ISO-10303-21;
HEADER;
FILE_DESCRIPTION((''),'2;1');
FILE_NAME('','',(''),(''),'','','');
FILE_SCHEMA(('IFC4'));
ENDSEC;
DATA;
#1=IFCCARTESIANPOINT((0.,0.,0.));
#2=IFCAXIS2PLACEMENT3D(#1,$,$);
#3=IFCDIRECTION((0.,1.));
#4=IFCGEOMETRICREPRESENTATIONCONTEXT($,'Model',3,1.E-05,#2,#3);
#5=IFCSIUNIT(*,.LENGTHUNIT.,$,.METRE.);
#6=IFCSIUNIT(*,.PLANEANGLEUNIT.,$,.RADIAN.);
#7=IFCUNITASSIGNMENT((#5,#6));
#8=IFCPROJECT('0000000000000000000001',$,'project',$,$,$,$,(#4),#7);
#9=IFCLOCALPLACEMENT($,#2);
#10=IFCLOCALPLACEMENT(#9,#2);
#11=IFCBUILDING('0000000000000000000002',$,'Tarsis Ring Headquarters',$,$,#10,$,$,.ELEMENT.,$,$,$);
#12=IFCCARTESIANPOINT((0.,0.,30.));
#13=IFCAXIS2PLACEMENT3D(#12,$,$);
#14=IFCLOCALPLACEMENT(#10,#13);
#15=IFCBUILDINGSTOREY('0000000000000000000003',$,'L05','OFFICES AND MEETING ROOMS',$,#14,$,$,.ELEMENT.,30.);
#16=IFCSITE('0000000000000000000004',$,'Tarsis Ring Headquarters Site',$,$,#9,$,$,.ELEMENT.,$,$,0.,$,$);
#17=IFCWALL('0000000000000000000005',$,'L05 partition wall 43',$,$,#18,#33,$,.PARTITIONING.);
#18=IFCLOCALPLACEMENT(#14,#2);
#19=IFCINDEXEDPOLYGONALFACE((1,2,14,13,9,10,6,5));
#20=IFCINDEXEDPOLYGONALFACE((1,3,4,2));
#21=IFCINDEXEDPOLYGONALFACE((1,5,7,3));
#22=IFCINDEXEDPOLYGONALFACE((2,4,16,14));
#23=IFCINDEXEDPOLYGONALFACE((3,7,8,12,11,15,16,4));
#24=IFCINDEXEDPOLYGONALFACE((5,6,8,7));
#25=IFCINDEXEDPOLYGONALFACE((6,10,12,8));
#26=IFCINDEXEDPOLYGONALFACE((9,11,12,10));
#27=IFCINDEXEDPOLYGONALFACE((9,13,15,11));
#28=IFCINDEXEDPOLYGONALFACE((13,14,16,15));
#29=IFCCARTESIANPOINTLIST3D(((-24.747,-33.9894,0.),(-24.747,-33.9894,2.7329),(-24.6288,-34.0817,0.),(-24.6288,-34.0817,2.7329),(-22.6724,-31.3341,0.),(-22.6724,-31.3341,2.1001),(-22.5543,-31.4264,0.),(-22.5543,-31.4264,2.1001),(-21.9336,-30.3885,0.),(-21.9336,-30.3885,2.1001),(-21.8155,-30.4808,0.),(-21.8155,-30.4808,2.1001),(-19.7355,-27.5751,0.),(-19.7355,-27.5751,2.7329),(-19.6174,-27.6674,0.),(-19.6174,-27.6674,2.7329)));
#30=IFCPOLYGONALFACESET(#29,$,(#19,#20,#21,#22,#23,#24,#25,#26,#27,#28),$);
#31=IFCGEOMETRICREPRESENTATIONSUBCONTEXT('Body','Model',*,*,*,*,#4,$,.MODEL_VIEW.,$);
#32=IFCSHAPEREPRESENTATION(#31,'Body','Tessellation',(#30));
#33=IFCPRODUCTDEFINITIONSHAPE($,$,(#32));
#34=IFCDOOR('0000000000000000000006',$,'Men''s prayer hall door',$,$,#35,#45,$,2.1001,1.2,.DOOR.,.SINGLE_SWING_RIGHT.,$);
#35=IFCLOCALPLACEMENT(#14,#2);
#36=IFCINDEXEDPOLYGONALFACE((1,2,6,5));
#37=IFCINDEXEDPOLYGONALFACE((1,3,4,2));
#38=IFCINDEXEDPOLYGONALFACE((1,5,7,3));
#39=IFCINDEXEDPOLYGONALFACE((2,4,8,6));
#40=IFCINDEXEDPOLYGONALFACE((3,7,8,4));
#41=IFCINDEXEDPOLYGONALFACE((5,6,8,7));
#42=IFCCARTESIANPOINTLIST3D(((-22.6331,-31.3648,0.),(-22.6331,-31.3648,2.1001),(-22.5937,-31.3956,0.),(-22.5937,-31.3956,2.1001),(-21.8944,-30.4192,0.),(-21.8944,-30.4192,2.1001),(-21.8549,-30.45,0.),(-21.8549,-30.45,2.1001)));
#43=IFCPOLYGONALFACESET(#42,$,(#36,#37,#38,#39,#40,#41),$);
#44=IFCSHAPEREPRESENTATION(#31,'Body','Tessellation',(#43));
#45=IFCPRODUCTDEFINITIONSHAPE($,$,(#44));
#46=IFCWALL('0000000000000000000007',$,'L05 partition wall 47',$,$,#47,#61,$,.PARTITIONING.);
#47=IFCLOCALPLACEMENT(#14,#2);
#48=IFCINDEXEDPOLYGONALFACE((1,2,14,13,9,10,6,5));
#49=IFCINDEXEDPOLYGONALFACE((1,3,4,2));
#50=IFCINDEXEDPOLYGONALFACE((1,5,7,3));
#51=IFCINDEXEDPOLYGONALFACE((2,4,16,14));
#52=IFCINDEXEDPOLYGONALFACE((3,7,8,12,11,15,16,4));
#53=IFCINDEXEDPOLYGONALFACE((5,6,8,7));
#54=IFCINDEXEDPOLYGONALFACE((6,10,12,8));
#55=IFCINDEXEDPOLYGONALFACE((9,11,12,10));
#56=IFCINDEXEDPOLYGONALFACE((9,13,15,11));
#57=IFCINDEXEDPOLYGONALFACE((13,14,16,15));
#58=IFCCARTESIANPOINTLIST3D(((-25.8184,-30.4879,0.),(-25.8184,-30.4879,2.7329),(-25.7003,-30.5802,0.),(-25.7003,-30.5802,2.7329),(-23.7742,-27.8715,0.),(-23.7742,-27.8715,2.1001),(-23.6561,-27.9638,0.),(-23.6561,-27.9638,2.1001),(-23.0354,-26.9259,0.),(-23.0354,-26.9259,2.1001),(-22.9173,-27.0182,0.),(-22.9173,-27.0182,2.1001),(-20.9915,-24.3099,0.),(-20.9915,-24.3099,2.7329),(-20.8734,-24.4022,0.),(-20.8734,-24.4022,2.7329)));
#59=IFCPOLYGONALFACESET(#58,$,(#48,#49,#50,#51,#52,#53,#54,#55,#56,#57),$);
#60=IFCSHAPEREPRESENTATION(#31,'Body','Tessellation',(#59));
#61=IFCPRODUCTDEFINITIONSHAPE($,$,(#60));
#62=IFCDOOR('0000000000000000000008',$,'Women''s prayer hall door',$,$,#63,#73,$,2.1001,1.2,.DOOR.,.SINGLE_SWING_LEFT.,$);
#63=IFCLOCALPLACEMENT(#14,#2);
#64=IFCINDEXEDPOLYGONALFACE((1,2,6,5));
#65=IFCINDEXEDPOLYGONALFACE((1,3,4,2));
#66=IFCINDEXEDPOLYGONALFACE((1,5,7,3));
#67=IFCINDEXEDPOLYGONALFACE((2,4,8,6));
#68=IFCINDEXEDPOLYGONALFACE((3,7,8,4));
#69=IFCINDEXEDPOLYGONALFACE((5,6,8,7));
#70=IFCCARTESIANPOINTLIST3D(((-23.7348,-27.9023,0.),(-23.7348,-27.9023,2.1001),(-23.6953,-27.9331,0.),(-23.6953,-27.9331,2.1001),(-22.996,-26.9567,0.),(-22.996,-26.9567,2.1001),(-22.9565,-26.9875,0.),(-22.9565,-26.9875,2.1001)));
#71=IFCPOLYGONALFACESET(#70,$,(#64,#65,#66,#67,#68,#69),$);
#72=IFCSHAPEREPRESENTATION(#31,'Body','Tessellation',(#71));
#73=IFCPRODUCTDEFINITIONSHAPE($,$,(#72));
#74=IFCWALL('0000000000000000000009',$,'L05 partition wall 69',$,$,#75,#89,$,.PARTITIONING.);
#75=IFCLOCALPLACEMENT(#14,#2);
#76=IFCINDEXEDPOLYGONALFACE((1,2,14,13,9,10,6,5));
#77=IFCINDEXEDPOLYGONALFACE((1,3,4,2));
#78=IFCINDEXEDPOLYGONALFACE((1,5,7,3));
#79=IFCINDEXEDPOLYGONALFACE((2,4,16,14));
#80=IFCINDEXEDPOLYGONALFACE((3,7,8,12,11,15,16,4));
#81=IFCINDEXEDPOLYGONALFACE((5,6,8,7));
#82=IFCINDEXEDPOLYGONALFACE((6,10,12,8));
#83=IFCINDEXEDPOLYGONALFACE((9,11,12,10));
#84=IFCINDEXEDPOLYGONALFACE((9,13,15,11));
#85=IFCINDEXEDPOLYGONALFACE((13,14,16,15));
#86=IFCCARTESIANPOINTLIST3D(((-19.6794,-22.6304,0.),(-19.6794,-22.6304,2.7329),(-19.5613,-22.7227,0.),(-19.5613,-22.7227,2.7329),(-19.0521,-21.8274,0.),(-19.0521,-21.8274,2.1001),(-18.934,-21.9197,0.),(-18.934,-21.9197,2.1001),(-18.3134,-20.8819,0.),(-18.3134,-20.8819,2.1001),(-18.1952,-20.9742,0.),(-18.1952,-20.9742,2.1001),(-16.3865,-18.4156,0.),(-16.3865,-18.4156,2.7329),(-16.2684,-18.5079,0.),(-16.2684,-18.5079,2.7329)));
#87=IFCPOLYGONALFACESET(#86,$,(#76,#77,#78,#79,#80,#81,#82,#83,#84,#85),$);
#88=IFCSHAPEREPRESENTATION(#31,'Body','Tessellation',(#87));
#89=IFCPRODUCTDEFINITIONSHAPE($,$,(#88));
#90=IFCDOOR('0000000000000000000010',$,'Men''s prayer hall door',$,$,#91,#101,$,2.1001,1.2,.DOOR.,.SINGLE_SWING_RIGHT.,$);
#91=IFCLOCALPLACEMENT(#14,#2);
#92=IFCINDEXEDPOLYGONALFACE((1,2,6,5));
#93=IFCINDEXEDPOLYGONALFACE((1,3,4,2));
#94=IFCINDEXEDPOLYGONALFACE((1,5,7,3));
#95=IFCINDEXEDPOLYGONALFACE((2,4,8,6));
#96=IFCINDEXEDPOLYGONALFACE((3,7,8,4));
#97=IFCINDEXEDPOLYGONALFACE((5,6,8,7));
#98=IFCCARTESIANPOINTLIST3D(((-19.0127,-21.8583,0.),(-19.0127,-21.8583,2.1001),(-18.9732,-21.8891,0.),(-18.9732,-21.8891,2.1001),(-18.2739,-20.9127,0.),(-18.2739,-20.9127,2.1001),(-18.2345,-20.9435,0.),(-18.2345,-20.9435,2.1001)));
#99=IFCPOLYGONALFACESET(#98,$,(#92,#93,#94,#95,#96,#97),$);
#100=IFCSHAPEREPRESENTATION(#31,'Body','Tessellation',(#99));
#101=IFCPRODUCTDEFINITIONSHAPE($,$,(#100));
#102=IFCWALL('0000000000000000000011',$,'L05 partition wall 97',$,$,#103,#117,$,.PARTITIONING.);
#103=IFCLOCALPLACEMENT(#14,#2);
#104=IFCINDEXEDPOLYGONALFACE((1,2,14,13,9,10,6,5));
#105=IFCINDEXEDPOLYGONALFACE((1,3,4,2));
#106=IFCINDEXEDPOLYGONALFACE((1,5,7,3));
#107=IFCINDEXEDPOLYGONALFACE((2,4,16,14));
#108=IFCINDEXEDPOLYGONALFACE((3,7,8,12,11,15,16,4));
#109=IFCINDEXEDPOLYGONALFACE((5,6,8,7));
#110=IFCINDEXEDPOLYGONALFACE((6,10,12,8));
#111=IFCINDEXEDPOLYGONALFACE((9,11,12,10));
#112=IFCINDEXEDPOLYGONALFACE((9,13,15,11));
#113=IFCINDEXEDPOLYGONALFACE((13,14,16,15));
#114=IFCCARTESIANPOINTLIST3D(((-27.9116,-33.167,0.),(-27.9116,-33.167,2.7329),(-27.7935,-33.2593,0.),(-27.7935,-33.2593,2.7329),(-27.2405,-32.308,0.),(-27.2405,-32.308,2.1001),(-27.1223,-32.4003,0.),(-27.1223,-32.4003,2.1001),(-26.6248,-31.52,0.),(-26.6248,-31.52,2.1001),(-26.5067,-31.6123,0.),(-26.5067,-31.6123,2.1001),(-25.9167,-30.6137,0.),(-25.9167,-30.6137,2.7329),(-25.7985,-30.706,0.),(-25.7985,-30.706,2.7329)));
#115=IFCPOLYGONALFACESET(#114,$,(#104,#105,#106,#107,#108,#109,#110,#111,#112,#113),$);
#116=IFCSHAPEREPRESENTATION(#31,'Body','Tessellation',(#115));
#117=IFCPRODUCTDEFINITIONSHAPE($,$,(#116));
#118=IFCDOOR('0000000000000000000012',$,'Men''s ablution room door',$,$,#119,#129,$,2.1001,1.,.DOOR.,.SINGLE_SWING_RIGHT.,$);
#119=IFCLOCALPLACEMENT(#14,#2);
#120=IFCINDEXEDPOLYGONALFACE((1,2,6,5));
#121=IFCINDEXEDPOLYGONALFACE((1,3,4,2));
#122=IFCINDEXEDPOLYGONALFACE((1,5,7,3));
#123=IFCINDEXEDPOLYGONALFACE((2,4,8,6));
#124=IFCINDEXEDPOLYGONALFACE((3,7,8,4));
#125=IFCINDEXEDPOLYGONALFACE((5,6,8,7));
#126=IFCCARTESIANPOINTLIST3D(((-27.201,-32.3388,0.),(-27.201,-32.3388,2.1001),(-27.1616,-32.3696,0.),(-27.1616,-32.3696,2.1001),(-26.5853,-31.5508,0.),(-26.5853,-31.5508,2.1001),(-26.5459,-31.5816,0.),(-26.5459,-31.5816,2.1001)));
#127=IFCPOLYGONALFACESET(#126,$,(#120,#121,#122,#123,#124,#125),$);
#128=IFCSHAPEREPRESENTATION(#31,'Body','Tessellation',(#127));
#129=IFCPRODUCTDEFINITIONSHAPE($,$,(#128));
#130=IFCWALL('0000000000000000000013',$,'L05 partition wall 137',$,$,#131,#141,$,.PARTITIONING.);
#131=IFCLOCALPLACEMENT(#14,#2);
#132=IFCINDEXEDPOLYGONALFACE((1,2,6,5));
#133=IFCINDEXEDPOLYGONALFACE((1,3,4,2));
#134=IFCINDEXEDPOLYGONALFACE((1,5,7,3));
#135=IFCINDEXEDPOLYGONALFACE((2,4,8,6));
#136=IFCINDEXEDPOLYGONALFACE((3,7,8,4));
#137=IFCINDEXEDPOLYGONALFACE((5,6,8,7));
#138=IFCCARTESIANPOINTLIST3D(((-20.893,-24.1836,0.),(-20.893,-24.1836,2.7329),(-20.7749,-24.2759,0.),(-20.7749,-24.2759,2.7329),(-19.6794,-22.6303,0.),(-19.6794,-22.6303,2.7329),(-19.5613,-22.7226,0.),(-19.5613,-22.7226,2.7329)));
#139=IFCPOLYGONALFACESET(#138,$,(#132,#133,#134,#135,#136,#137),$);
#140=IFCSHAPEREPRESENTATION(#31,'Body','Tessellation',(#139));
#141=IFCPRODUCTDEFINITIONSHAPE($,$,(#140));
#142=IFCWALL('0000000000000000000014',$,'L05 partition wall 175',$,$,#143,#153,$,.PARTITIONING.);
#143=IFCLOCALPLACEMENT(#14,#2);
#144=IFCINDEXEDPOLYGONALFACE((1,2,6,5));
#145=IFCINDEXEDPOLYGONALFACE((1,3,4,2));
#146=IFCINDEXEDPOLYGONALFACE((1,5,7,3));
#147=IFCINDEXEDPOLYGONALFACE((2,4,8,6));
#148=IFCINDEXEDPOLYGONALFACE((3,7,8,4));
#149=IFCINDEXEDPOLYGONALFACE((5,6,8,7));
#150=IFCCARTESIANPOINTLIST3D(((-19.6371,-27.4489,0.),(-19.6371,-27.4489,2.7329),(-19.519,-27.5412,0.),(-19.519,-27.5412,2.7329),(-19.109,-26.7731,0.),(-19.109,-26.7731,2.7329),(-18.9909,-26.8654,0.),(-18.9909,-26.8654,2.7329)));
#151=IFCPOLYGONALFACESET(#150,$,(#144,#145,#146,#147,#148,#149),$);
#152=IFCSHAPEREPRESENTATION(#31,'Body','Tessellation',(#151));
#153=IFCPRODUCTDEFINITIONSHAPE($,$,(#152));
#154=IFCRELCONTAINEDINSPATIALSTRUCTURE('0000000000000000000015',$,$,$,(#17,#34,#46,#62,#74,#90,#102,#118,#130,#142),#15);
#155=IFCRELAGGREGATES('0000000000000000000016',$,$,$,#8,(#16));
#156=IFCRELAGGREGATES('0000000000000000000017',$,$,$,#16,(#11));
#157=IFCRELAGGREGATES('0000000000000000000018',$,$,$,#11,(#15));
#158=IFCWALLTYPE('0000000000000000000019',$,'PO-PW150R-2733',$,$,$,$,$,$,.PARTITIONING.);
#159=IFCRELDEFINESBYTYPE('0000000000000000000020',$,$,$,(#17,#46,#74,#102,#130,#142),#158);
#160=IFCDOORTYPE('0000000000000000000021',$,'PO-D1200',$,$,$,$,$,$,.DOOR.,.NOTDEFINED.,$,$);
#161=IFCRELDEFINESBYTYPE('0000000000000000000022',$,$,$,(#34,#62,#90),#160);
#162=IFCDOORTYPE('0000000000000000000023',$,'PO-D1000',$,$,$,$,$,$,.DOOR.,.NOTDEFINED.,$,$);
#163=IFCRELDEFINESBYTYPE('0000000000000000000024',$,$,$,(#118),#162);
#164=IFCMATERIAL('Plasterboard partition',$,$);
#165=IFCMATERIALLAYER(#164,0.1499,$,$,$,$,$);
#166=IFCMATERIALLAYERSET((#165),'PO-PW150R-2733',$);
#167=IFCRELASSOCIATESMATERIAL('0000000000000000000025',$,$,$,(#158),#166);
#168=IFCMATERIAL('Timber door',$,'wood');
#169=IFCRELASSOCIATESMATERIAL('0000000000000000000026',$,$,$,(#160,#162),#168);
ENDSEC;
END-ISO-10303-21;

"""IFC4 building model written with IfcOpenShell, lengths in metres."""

from ifc_helpers import new_model, si_unit, direction, frame, frame_2d, origin, place, context, subcontext, project, spatial, rectangle, extrude, material, layer, layer_set, type_object, element, fill, save


model = new_model("IFC4")

# Units and contexts
model_context = context("Model", 3, precision=1e-05, world=origin(), true_north=direction((0.0, 1.0)))
body_context = subcontext(model_context, "Body", "Model", "MODEL_VIEW")
ifc_project = project(units=[si_unit("LENGTHUNIT", "METRE"), si_unit("PLANEANGLEUNIT", "RADIAN")], contexts=[model_context])

# Site, building, storey
site_placement = place(None, origin())
site = spatial("IfcSite", under=ifc_project, at=site_placement, Name="Tarsis Ring Headquarters Site", CompositionType="ELEMENT", RefElevation=0.0)
building_placement = place(site_placement, origin())
building = spatial("IfcBuilding", under=site, at=building_placement, Name="Tarsis Ring Headquarters", CompositionType="ELEMENT")
storey_placement = place(building_placement, frame((0.0, 0.0, 30.0)))
storey = spatial("IfcBuildingStorey", under=building, at=storey_placement, Name="L05", Description="OFFICES AND MEETING ROOMS", CompositionType="ELEMENT", Elevation=30.0)

# Shared definitions
ifc_material_1 = material(Name="Plasterboard partition")

# Walls, openings, doors
ifc_layer_1 = layer(ifc_material_1, 0.1499)
ifc_layer_set_1 = layer_set([ifc_layer_1], Name="PO-PW150R-2733")
wall_type_1 = type_object("IfcWallType", Name="PO-PW150R-2733", PredefinedType="PARTITIONING", material=ifc_layer_set_1)
wall_1_placement = place(storey_placement, frame((-19.6765, -27.6213, 0.0), z_axis=(0.0, 0.0, 1.0), x_axis=(-0.615667, -0.788007, 0.0)))
wall_1 = element("IfcWall", 1, at=wall_1_placement, inside=storey, type_object=wall_type_1, Name="L05 partition wall 43", PredefinedType="PARTITIONING", context=body_context, shape_type="SweptSolid", body=[
    extrude(rectangle(XDim=8.1399, YDim=0.1499, at=frame_2d((4.0698, 0.0))), origin(), (0.0, 0.0, 1.0), 2.7329),
])
opening_1_placement = place(wall_1_placement, frame((3.5701, 0.0, 0.0)))
opening_1 = element("IfcOpeningElement", 2, at=opening_1_placement, cuts=wall_1, PredefinedType="OPENING", context=body_context, shape_type="SweptSolid", body=[
    extrude(rectangle(XDim=1.2, YDim=2.1001, at=frame_2d((0.6001, 1.05))), frame((0.0, 0.085, 0.0), z_axis=(0.0, -1.0, 0.0), x_axis=(1.0, 0.0, 0.0)), (0.0, 0.0, 1.0), 0.1699),
])
ifc_material_2 = material(Name="Timber door", Category="wood")
door_type_1 = type_object("IfcDoorType", Name="PO-D1200", OperationType="NOTDEFINED", PredefinedType="DOOR", material=ifc_material_2)
door_1_placement = place(opening_1_placement, origin())
door_1 = element("IfcDoor", 3, at=door_1_placement, inside=storey, type_object=door_type_1, Name="Men's prayer hall door", OperationType="SINGLE_SWING_RIGHT", OverallHeight=2.1001, OverallWidth=1.2, PredefinedType="DOOR", context=body_context, shape_type="SweptSolid", body=[
    extrude(rectangle(XDim=1.2, YDim=2.1001, at=frame_2d((0.6001, 1.05))), frame((0.0, 0.0249, 0.0), z_axis=(0.0, -1.0, 0.0), x_axis=(1.0, 0.0, 0.0)), (0.0, 0.0, 1.0), 0.05),
])
fill(opening_1, door_1)
wall_2_placement = place(storey_placement, frame((-25.7593, -30.5339, 0.0), z_axis=(0.0, 0.0, 1.0), x_axis=(0.615672, 0.788002, 0.0)))
wall_2 = element("IfcWall", 4, at=wall_2_placement, inside=storey, type_object=wall_type_1, Name="L05 partition wall 47", PredefinedType="PARTITIONING", context=body_context, shape_type="SweptSolid", body=[
    extrude(rectangle(XDim=7.8401, YDim=0.1499, at=frame_2d((3.9199, 0.0))), origin(), (0.0, 0.0, 1.0), 2.7329),
])
opening_2_placement = place(wall_2_placement, frame((3.3201, 0.0, 0.0)))
opening_2 = element("IfcOpeningElement", 5, at=opening_2_placement, cuts=wall_2, PredefinedType="OPENING", context=body_context, shape_type="SweptSolid", body=[
    extrude(rectangle(XDim=1.2, YDim=2.1001, at=frame_2d((0.6001, 1.05))), frame((0.0, 0.085, 0.0), z_axis=(0.0, -1.0, 0.0), x_axis=(1.0, 0.0, 0.0)), (0.0, 0.0, 1.0), 0.1699),
])
door_2_placement = place(opening_2_placement, origin())
door_2 = element("IfcDoor", 6, at=door_2_placement, inside=storey, type_object=door_type_1, Name="Women's prayer hall door", OperationType="SINGLE_SWING_LEFT", OverallHeight=2.1001, OverallWidth=1.2, PredefinedType="DOOR", context=body_context, shape_type="SweptSolid", body=[
    extrude(rectangle(XDim=1.2, YDim=2.1001, at=frame_2d((0.6001, 1.05))), frame((0.0, 0.0249, 0.0), z_axis=(0.0, -1.0, 0.0), x_axis=(1.0, 0.0, 0.0)), (0.0, 0.0, 1.0), 0.05),
])
fill(opening_2, door_2)
wall_3_placement = place(storey_placement, frame((-19.6204, -22.6765, 0.0), z_axis=(0.0, 0.0, 1.0), x_axis=(0.615658, 0.788013, 0.0)))
wall_3 = element("IfcWall", 7, at=wall_3_placement, inside=storey, type_object=wall_type_1, Name="L05 partition wall 69", PredefinedType="PARTITIONING", context=body_context, shape_type="SweptSolid", body=[
    extrude(rectangle(XDim=5.3486, YDim=0.1499, at=frame_2d((2.6743, 0.0))), origin(), (0.0, 0.0, 1.0), 2.7329),
])
opening_3_placement = place(wall_3_placement, frame((1.0188, 0.0, 0.0)))
opening_3 = element("IfcOpeningElement", 8, at=opening_3_placement, cuts=wall_3, PredefinedType="OPENING", context=body_context, shape_type="SweptSolid", body=[
    extrude(rectangle(XDim=1.2, YDim=2.1001, at=frame_2d((0.6001, 1.05))), frame((0.0, 0.085, 0.0), z_axis=(0.0, -1.0, 0.0), x_axis=(1.0, 0.0, 0.0)), (0.0, 0.0, 1.0), 0.1699),
])
door_3_placement = place(opening_3_placement, origin())
door_3 = element("IfcDoor", 9, at=door_3_placement, inside=storey, type_object=door_type_1, Name="Men's prayer hall door", OperationType="SINGLE_SWING_RIGHT", OverallHeight=2.1001, OverallWidth=1.2, PredefinedType="DOOR", context=body_context, shape_type="SweptSolid", body=[
    extrude(rectangle(XDim=1.2, YDim=2.1001, at=frame_2d((0.6001, 1.05))), frame((0.0, 0.0249, 0.0), z_axis=(0.0, -1.0, 0.0), x_axis=(1.0, 0.0, 0.0)), (0.0, 0.0, 1.0), 0.05),
])
fill(opening_3, door_3)
wall_4_placement = place(storey_placement, frame((-27.8525, -33.2131, 0.0), z_axis=(0.0, 0.0, 1.0), x_axis=(0.615676, 0.787999, 0.0)))
wall_4 = element("IfcWall", 10, at=wall_4_placement, inside=storey, type_object=wall_type_1, Name="L05 partition wall 97", PredefinedType="PARTITIONING", context=body_context, shape_type="SweptSolid", body=[
    extrude(rectangle(XDim=3.2402, YDim=0.1499, at=frame_2d((1.6201, 0.0))), origin(), (0.0, 0.0, 1.0), 2.7329),
])
opening_4_placement = place(wall_4_placement, frame((1.0901, 0.0, 0.0)))
opening_4 = element("IfcOpeningElement", 11, at=opening_4_placement, cuts=wall_4, PredefinedType="OPENING", context=body_context, shape_type="SweptSolid", body=[
    extrude(rectangle(XDim=1.0, YDim=2.1001, at=frame_2d((0.5, 1.05))), frame((0.0, 0.085, 0.0), z_axis=(0.0, -1.0, 0.0), x_axis=(1.0, 0.0, 0.0)), (0.0, 0.0, 1.0), 0.1699),
])
door_type_2 = type_object("IfcDoorType", Name="PO-D1000", OperationType="NOTDEFINED", PredefinedType="DOOR", material=ifc_material_2)
door_4_placement = place(opening_4_placement, origin())
door_4 = element("IfcDoor", 12, at=door_4_placement, inside=storey, type_object=door_type_2, Name="Men's ablution room door", OperationType="SINGLE_SWING_RIGHT", OverallHeight=2.1001, OverallWidth=1.0, PredefinedType="DOOR", context=body_context, shape_type="SweptSolid", body=[
    extrude(rectangle(XDim=1.0, YDim=2.1001, at=frame_2d((0.5, 1.05))), frame((0.0, 0.0249, 0.0), z_axis=(0.0, -1.0, 0.0), x_axis=(1.0, 0.0, 0.0)), (0.0, 0.0, 1.0), 0.05),
])
fill(opening_4, door_4)

# Walls
wall_5_placement = place(storey_placement, frame((-20.834, -24.2297, 0.0), z_axis=(0.0, 0.0, 1.0), x_axis=(0.615697, 0.787983, 0.0)))
element("IfcWall", 13, at=wall_5_placement, inside=storey, type_object=wall_type_1, Name="L05 partition wall 137", PredefinedType="PARTITIONING", context=body_context, shape_type="SweptSolid", body=[
    extrude(rectangle(XDim=1.9712, YDim=0.1499, at=frame_2d((0.9856, 0.0))), origin(), (0.0, 0.0, 1.0), 2.7329),
])
wall_6_placement = place(storey_placement, frame((-19.05, -26.8193, 0.0), z_axis=(0.0, 0.0, 1.0), x_axis=(-0.615732, -0.787955, 0.0)))
element("IfcWall", 14, at=wall_6_placement, inside=storey, type_object=wall_type_1, Name="L05 partition wall 175", PredefinedType="PARTITIONING", context=body_context, shape_type="SweptSolid", body=[
    extrude(rectangle(XDim=0.8577, YDim=0.1499, at=frame_2d((0.4287, 0.0))), origin(), (0.0, 0.0, 1.0), 2.7329),
])

save(model, "model.ifc")
